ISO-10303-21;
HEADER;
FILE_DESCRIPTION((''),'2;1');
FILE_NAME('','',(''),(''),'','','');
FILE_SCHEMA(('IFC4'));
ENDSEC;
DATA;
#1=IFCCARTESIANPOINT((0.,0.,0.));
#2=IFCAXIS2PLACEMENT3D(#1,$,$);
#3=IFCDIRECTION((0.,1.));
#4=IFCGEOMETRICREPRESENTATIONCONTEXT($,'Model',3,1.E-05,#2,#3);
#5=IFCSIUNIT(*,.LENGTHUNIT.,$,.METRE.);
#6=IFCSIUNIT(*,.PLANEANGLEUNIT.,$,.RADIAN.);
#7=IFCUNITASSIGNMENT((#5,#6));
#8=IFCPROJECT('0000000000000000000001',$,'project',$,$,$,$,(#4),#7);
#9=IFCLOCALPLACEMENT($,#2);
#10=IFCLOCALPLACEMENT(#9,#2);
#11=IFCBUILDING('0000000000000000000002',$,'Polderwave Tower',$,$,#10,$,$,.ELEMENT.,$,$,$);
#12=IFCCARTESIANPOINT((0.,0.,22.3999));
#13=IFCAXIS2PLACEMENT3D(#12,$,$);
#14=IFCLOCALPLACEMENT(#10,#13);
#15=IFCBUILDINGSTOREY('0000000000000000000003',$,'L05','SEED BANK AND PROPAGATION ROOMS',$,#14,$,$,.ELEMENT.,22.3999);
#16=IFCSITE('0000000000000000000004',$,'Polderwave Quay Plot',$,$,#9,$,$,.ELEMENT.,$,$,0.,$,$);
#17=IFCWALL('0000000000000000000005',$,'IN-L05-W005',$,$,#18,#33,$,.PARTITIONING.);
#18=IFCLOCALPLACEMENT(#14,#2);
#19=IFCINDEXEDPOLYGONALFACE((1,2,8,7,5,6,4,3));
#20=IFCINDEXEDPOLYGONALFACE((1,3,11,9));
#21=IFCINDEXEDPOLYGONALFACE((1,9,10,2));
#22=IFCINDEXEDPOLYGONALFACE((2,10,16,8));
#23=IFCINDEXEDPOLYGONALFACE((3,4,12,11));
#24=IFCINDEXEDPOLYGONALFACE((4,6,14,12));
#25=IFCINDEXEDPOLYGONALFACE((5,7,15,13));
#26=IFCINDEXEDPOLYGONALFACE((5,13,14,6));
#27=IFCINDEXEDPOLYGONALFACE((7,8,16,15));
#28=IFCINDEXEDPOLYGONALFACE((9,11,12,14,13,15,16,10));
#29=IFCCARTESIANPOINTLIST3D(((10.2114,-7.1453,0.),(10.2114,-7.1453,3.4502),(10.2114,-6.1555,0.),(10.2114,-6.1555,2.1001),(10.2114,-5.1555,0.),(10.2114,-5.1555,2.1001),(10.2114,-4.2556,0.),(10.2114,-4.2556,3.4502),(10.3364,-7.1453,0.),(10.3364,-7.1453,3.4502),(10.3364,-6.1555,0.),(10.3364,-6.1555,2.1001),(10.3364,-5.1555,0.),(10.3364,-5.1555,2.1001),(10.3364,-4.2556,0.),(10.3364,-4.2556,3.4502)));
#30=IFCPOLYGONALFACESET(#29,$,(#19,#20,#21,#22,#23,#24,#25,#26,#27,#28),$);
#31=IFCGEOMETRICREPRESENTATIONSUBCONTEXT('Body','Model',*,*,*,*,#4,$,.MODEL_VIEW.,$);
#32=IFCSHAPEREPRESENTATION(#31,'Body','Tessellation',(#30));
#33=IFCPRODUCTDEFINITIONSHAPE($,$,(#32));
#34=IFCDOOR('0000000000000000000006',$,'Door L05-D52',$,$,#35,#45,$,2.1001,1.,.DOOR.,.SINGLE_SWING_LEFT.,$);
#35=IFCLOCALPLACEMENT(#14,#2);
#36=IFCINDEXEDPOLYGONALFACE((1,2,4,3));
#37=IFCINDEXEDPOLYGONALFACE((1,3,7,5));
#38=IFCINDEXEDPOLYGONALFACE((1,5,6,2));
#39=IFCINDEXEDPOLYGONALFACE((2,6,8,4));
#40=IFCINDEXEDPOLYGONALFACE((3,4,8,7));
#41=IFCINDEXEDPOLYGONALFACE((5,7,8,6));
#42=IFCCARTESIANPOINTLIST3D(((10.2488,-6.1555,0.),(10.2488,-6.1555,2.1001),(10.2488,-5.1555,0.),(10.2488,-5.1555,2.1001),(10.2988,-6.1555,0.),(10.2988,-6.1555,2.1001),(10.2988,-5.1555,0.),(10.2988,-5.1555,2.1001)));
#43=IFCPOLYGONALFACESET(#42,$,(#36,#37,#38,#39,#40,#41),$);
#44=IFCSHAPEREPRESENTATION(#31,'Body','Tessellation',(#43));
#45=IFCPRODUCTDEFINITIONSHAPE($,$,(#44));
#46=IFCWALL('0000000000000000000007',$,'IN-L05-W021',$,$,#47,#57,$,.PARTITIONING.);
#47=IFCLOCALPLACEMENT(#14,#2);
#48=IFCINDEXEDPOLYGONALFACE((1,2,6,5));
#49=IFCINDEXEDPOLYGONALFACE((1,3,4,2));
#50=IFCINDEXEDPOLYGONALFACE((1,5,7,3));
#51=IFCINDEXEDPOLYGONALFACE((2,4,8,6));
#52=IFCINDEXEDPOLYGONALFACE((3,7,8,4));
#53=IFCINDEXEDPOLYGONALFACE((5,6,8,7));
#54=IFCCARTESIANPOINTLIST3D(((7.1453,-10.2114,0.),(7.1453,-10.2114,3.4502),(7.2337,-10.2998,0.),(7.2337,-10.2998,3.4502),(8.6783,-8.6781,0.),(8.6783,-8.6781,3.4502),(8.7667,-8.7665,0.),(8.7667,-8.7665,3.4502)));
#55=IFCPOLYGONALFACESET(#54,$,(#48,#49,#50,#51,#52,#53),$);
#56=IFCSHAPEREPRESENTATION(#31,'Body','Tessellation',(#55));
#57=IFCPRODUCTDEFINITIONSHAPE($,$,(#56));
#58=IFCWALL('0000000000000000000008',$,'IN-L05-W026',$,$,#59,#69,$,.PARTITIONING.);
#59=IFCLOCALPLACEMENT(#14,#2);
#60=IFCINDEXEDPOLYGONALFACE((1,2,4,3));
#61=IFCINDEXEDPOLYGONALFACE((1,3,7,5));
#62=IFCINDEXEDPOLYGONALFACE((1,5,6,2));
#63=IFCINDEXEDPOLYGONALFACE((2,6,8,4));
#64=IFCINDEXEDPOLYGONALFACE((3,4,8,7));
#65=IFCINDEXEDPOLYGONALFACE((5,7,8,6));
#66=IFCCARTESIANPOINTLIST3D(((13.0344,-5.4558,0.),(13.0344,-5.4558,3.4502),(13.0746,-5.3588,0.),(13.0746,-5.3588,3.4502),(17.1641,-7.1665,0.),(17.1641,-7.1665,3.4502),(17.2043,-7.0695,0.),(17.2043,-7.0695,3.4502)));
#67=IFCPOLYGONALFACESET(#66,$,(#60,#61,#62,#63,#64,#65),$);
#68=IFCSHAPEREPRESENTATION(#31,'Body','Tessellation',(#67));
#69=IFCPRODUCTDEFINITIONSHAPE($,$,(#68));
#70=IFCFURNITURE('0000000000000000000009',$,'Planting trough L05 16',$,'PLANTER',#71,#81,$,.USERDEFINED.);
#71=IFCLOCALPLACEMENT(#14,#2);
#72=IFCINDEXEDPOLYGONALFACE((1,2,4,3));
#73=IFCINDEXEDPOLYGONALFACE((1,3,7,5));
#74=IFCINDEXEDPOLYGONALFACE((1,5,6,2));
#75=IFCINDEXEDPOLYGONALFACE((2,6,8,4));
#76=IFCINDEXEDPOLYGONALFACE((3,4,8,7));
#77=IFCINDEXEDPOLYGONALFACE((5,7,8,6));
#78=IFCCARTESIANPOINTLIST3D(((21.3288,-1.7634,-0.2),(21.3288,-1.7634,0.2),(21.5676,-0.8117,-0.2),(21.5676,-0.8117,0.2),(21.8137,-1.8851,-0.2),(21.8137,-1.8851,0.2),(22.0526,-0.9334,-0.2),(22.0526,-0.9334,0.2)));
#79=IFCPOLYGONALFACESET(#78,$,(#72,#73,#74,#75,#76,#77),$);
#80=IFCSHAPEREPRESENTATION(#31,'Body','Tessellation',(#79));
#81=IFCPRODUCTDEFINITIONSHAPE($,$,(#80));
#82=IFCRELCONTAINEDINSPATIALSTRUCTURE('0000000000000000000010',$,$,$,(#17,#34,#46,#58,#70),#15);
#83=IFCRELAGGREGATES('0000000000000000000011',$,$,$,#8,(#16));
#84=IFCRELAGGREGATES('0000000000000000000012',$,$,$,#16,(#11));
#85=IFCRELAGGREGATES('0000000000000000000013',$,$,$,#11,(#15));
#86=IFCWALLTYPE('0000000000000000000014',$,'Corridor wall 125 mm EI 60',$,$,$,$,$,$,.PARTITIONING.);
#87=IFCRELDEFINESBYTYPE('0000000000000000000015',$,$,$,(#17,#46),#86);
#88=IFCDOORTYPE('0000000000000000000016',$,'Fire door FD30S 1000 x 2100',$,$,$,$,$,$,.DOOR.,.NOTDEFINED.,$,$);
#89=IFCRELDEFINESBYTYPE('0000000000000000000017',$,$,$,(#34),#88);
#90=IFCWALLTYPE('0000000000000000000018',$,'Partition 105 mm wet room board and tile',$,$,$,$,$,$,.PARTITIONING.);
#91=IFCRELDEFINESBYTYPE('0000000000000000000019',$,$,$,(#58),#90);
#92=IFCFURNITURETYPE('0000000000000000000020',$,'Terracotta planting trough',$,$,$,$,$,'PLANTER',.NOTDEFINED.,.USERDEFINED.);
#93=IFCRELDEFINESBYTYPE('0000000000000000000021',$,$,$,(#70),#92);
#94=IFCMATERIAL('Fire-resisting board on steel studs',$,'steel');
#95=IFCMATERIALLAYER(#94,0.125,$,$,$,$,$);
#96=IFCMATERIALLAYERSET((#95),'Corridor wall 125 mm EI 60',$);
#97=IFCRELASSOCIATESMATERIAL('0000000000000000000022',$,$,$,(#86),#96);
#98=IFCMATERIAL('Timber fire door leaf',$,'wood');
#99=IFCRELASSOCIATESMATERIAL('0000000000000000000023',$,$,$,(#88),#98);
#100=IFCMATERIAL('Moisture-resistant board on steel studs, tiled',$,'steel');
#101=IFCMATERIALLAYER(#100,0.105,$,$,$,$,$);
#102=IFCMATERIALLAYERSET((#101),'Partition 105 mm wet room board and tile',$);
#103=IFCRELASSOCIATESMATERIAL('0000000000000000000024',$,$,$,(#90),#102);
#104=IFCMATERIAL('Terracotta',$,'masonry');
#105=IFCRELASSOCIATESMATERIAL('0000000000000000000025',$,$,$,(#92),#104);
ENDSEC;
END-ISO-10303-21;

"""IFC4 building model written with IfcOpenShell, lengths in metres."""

from ifc_helpers import new_model, si_unit, direction, frame, frame_2d, origin, origin_2d, place, context, subcontext, project, spatial, rectangle, extrude, material, layer, layer_set, type_object, element, fill, save


model = new_model("IFC4")

# Units and contexts
model_context = context("Model", 3, precision=1e-05, world=origin(), true_north=direction((0.0, 1.0)))
body_context = subcontext(model_context, "Body", "Model", "MODEL_VIEW")
ifc_project = project(units=[si_unit("LENGTHUNIT", "METRE"), si_unit("PLANEANGLEUNIT", "RADIAN")], contexts=[model_context])

# Site, building, storey
site_placement = place(None, origin())
site = spatial("IfcSite", under=ifc_project, at=site_placement, Name="Polderwave Quay Plot", CompositionType="ELEMENT", RefElevation=0.0)
building_placement = place(site_placement, origin())
building = spatial("IfcBuilding", under=site, at=building_placement, Name="Polderwave Tower", CompositionType="ELEMENT")
storey_placement = place(building_placement, frame((0.0, 0.0, 22.3999)))
storey = spatial("IfcBuildingStorey", under=building, at=storey_placement, Name="L05", Description="SEED BANK AND PROPAGATION ROOMS", CompositionType="ELEMENT", Elevation=22.3999)

# Shared definitions
ifc_material_1 = material(Name="Fire-resisting board on steel studs", Category="steel")
ifc_layer_1 = layer(ifc_material_1, 0.125)
ifc_layer_set_1 = layer_set([ifc_layer_1], Name="Corridor wall 125 mm EI 60")
wall_type_1 = type_object("IfcWallType", Name="Corridor wall 125 mm EI 60", PredefinedType="PARTITIONING", material=ifc_layer_set_1)

# Wall, opening, door
wall_1_placement = place(storey_placement, frame((10.2739, -4.2556, 0.0), z_axis=(0.0, 0.0, 1.0), x_axis=(0.0, -1.0, 0.0)))
wall_1 = element("IfcWall", 1, at=wall_1_placement, inside=storey, type_object=wall_type_1, Name="IN-L05-W005", PredefinedType="PARTITIONING", context=body_context, shape_type="SweptSolid", body=[
    extrude(rectangle(XDim=2.8896, YDim=0.125, at=frame_2d((1.4448, 0.0))), origin(), (0.0, 0.0, 1.0), 3.4502),
])
opening_1_placement = place(wall_1_placement, frame((0.8999, 0.0, 0.0)))
opening_1 = element("IfcOpeningElement", 2, at=opening_1_placement, cuts=wall_1, PredefinedType="OPENING", context=body_context, shape_type="SweptSolid", body=[
    extrude(rectangle(XDim=1.0, YDim=2.1001, at=frame_2d((0.5, 1.05))), frame((0.0, 0.0725, 0.0), z_axis=(0.0, -1.0, 0.0), x_axis=(1.0, 0.0, 0.0)), (0.0, 0.0, 1.0), 0.145),
])
ifc_material_2 = material(Name="Timber fire door leaf", Category="wood")
door_type_1 = type_object("IfcDoorType", Name="Fire door FD30S 1000 x 2100", OperationType="NOTDEFINED", PredefinedType="DOOR", material=ifc_material_2)
door_1_placement = place(opening_1_placement, origin())
door_1 = element("IfcDoor", 3, at=door_1_placement, inside=storey, type_object=door_type_1, Name="Door L05-D52", OperationType="SINGLE_SWING_LEFT", OverallHeight=2.1001, OverallWidth=1.0, PredefinedType="DOOR", context=body_context, shape_type="SweptSolid", body=[
    extrude(rectangle(XDim=1.0, YDim=2.1001, at=frame_2d((0.5, 1.05))), frame((0.0, 0.0249, 0.0), z_axis=(0.0, -1.0, 0.0), x_axis=(1.0, 0.0, 0.0)), (0.0, 0.0, 1.0), 0.05),
])
fill(opening_1, door_1)

# Walls
wall_2_placement = place(storey_placement, frame((8.7224, -8.7224, 0.0), z_axis=(0.0, 0.0, 1.0), x_axis=(-0.70705, -0.707163, 0.0)))
element("IfcWall", 4, at=wall_2_placement, inside=storey, type_object=wall_type_1, Name="IN-L05-W021", PredefinedType="PARTITIONING", context=body_context, shape_type="SweptSolid", body=[
    extrude(rectangle(XDim=2.1682, YDim=0.125, at=frame_2d((1.084, 0.0))), origin(), (0.0, 0.0, 1.0), 3.4502),
])
ifc_material_3 = material(Name="Moisture-resistant board on steel studs, tiled", Category="steel")
ifc_layer_2 = layer(ifc_material_3, 0.105)
ifc_layer_set_2 = layer_set([ifc_layer_2], Name="Partition 105 mm wet room board and tile")
wall_type_2 = type_object("IfcWallType", Name="Partition 105 mm wet room board and tile", PredefinedType="PARTITIONING", material=ifc_layer_set_2)
wall_3_placement = place(storey_placement, frame((17.1841, -7.1179, 0.0), z_axis=(0.0, 0.0, 1.0), x_axis=(-0.923868, 0.38271, 0.0)))
element("IfcWall", 5, at=wall_3_placement, inside=storey, type_object=wall_type_2, Name="IN-L05-W026", PredefinedType="PARTITIONING", context=body_context, shape_type="SweptSolid", body=[
    extrude(rectangle(XDim=4.47, YDim=0.105, at=frame_2d((2.2349, 0.0))), origin(), (0.0, 0.0, 1.0), 3.4502),
])

# Furniture
ifc_material_4 = material(Name="Terracotta", Category="masonry")
furniture_type = type_object("IfcFurnitureType", Name="Terracotta planting trough", ElementType="PLANTER", AssemblyPlace="NOTDEFINED", PredefinedType="USERDEFINED", material=ifc_material_4)
furniture_placement = place(storey_placement, frame((21.6907, -1.3484, -0.2), z_axis=(0.0, 0.0, 1.0), x_axis=(0.243441, 0.969916, 0.0)))
element("IfcFurniture", 6, at=furniture_placement, inside=storey, type_object=furniture_type, Name="Planting trough L05 16", ObjectType="PLANTER", PredefinedType="USERDEFINED", context=body_context, shape_type="SweptSolid", body=[
    extrude(rectangle(XDim=0.9812, YDim=0.5, at=origin_2d()), origin(), (0.0, 0.0, 1.0), 0.3999),
])

save(model, "model.ifc")
